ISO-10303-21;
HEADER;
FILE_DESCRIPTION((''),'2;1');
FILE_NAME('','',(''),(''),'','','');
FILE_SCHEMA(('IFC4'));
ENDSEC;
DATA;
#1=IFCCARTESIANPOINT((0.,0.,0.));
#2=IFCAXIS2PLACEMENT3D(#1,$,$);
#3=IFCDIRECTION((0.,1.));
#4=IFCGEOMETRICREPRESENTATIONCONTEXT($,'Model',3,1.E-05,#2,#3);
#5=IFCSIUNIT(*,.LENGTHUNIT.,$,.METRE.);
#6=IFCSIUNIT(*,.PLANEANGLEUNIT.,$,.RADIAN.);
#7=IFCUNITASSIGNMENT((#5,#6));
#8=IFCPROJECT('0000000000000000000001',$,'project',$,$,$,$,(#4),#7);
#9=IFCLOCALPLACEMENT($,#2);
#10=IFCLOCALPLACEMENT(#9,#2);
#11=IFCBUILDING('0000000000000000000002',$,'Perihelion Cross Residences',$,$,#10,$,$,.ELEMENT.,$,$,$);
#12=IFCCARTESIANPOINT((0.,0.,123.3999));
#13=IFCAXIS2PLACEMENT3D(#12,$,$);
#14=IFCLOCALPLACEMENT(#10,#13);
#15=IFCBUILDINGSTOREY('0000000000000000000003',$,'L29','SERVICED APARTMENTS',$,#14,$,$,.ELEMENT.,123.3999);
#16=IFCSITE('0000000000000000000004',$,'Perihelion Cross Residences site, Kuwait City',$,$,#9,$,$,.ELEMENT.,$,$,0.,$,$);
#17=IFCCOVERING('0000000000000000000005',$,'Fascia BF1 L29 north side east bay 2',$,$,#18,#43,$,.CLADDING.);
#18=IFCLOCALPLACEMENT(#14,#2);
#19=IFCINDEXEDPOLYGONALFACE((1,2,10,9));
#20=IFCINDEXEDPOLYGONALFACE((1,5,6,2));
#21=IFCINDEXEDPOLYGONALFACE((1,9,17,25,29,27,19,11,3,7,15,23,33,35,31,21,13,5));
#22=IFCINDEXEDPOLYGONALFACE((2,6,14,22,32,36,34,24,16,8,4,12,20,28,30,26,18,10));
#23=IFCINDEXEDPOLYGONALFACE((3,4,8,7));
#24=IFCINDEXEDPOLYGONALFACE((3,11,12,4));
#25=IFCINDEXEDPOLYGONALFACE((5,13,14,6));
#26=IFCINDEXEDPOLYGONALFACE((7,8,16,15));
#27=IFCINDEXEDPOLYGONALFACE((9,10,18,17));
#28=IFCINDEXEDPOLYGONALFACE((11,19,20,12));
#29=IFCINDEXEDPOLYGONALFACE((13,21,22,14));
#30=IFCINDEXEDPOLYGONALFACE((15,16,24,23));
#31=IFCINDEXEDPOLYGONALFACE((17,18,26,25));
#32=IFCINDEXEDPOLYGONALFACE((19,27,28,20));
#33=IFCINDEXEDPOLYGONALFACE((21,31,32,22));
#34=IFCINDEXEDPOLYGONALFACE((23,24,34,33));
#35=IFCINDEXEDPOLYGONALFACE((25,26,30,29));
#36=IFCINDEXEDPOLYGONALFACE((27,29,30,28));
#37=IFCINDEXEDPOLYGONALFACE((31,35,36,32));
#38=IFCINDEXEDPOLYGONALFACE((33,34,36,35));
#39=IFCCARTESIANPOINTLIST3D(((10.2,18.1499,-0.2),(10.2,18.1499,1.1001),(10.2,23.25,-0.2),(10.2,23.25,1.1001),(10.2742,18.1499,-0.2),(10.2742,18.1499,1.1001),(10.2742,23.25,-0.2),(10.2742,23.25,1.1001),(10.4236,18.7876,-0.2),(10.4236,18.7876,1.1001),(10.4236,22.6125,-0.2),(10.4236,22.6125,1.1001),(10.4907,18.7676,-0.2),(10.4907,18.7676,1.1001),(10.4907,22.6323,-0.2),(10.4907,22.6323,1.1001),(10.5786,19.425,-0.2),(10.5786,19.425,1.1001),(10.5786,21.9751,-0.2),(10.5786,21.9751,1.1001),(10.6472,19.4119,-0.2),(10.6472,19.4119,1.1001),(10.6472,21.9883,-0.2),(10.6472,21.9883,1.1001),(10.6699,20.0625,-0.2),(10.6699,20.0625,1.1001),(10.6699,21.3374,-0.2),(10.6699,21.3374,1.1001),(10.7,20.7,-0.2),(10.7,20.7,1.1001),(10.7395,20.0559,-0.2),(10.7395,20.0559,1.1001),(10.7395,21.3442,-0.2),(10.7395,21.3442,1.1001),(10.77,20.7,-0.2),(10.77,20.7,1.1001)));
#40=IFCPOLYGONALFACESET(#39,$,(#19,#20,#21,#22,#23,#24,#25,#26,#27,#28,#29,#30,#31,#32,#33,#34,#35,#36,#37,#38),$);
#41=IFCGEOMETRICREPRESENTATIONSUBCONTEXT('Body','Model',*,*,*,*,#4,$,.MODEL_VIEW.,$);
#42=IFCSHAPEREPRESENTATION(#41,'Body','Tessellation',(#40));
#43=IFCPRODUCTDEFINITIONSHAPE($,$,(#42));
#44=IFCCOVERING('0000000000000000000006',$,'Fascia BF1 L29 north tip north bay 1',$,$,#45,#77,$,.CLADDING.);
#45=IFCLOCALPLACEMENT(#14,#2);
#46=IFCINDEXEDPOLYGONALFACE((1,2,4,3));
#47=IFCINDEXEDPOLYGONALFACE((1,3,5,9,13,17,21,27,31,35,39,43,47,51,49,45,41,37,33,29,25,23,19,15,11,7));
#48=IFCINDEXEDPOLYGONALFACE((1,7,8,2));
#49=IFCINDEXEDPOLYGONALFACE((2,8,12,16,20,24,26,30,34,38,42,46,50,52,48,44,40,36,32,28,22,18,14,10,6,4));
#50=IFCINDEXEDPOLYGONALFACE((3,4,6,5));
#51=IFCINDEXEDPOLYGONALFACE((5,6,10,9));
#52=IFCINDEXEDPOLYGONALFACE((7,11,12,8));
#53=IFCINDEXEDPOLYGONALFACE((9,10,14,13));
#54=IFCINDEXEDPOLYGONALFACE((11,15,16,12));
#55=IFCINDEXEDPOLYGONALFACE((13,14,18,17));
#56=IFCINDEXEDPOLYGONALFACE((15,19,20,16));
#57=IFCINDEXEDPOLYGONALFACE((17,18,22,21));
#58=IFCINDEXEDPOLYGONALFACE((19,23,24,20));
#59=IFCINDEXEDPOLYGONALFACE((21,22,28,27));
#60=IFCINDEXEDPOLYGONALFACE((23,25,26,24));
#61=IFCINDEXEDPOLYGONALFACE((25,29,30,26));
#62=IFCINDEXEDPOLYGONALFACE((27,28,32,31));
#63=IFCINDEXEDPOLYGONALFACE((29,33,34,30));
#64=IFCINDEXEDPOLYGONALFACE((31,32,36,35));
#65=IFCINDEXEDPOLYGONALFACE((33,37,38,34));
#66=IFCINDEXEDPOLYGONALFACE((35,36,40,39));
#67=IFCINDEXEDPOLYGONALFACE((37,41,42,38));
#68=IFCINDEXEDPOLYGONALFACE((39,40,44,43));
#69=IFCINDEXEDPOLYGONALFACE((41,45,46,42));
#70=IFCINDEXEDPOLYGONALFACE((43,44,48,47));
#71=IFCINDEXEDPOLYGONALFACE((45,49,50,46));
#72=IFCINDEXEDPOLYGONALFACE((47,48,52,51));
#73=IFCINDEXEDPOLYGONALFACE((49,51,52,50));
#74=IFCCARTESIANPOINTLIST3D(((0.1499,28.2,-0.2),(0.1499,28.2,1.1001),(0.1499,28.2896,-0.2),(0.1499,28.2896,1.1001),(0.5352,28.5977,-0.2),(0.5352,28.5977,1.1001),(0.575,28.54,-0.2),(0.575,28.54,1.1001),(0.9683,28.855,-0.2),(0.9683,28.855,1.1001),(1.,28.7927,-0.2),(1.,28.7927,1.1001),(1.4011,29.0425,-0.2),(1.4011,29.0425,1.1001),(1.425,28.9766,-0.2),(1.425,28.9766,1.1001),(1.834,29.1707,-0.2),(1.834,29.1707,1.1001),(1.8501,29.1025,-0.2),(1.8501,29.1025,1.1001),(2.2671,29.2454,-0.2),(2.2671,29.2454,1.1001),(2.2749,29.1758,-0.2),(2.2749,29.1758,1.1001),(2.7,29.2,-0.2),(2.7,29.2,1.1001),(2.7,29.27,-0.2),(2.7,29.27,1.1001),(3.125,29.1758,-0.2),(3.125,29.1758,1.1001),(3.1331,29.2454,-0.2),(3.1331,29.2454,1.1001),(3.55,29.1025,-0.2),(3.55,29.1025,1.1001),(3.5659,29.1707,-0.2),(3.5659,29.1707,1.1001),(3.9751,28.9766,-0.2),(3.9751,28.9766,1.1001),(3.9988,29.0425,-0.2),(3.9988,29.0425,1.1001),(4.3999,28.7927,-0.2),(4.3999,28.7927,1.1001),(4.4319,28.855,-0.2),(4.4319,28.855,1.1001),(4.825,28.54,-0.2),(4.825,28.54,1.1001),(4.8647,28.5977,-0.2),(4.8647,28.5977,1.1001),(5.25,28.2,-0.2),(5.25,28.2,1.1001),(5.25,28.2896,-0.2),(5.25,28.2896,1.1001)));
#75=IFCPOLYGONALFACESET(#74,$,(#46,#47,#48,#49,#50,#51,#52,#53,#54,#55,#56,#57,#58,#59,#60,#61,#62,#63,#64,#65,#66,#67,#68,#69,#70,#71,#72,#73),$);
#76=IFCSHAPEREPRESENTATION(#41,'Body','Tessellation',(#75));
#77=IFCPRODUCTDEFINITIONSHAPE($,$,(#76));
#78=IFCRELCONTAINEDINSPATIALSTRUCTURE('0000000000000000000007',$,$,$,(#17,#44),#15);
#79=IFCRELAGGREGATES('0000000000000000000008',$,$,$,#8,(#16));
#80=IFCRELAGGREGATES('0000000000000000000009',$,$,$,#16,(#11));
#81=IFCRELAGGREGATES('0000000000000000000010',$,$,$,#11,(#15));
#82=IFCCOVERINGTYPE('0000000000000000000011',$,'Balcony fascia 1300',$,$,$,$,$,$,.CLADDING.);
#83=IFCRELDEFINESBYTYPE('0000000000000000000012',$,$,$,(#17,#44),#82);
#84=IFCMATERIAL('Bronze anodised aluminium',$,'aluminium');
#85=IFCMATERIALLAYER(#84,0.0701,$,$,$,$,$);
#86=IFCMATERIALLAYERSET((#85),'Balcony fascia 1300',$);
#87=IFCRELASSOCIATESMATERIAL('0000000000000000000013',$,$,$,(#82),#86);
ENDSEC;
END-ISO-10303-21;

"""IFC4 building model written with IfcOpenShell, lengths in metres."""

from ifc_helpers import new_model, si_unit, direction, frame, origin, place, context, subcontext, project, spatial, polyline, outline, extrude, material, layer, layer_set, type_object, element, save


model = new_model("IFC4")

# Units and contexts
model_context = context("Model", 3, precision=1e-05, world=origin(), true_north=direction((0.0, 1.0)))
body_context = subcontext(model_context, "Body", "Model", "MODEL_VIEW")
ifc_project = project(units=[si_unit("LENGTHUNIT", "METRE"), si_unit("PLANEANGLEUNIT", "RADIAN")], contexts=[model_context])

# Site, building, storey
site_placement = place(None, origin())
site = spatial("IfcSite", under=ifc_project, at=site_placement, Name="Perihelion Cross Residences site, Kuwait City", CompositionType="ELEMENT", RefElevation=0.0)
building_placement = place(site_placement, origin())
building = spatial("IfcBuilding", under=site, at=building_placement, Name="Perihelion Cross Residences", CompositionType="ELEMENT")
storey_placement = place(building_placement, frame((0.0, 0.0, 123.3999)))
storey = spatial("IfcBuildingStorey", under=building, at=storey_placement, Name="L29", Description="SERVICED APARTMENTS", CompositionType="ELEMENT", Elevation=123.3999)

# Coverings
ifc_material_1 = material(Name="Bronze anodised aluminium", Category="aluminium")
ifc_layer_1 = layer(ifc_material_1, 0.0701)
ifc_layer_set_1 = layer_set([ifc_layer_1], Name="Balcony fascia 1300")
covering_type = type_object("IfcCoveringType", Name="Balcony fascia 1300", PredefinedType="CLADDING", material=ifc_layer_set_1)
covering_1_placement = place(storey_placement, frame((0.0, 0.0, -0.2)))
element("IfcCovering", 1, at=covering_1_placement, inside=storey, type_object=covering_type, Name="Fascia BF1 L29 north side east bay 2", PredefinedType="CLADDING", context=body_context, shape_type="SweptSolid", body=[
    extrude(outline(polyline([(10.4907, 18.7676), (10.6472, 19.4119), (10.7395, 20.0559), (10.77, 20.7), (10.7395, 21.3442), (10.6472, 21.9883), (10.4907, 22.6323), (10.2742, 23.25), (10.2, 23.25), (10.4236, 22.6125), (10.5786, 21.9751), (10.6699, 21.3374), (10.7, 20.7), (10.6699, 20.0625), (10.5786, 19.425), (10.4236, 18.7876), (10.2, 18.1499), (10.2742, 18.1499), (10.4907, 18.7676)])), origin(), (0.0, 0.0, 1.0), 1.3),
])
covering_2_placement = place(storey_placement, frame((0.0, 0.0, -0.2)))
element("IfcCovering", 2, at=covering_2_placement, inside=storey, type_object=covering_type, Name="Fascia BF1 L29 north tip north bay 1", PredefinedType="CLADDING", context=body_context, shape_type="SweptSolid", body=[
    extrude(outline(polyline([(4.8647, 28.5977), (4.4319, 28.855), (3.9988, 29.0425), (3.5659, 29.1707), (3.1331, 29.2454), (2.7, 29.27), (2.2671, 29.2454), (1.834, 29.1707), (1.4011, 29.0425), (0.9683, 28.855), (0.5352, 28.5977), (0.1499, 28.2896), (0.1499, 28.2), (0.575, 28.54), (1.0, 28.7927), (1.425, 28.9766), (1.8501, 29.1025), (2.2749, 29.1758), (2.7, 29.2), (3.125, 29.1758), (3.55, 29.1025), (3.9751, 28.9766), (4.3999, 28.7927), (4.825, 28.54), (5.25, 28.2), (5.25, 28.2896), (4.8647, 28.5977)])), origin(), (0.0, 0.0, 1.0), 1.3),
])

save(model, "model.ifc")
